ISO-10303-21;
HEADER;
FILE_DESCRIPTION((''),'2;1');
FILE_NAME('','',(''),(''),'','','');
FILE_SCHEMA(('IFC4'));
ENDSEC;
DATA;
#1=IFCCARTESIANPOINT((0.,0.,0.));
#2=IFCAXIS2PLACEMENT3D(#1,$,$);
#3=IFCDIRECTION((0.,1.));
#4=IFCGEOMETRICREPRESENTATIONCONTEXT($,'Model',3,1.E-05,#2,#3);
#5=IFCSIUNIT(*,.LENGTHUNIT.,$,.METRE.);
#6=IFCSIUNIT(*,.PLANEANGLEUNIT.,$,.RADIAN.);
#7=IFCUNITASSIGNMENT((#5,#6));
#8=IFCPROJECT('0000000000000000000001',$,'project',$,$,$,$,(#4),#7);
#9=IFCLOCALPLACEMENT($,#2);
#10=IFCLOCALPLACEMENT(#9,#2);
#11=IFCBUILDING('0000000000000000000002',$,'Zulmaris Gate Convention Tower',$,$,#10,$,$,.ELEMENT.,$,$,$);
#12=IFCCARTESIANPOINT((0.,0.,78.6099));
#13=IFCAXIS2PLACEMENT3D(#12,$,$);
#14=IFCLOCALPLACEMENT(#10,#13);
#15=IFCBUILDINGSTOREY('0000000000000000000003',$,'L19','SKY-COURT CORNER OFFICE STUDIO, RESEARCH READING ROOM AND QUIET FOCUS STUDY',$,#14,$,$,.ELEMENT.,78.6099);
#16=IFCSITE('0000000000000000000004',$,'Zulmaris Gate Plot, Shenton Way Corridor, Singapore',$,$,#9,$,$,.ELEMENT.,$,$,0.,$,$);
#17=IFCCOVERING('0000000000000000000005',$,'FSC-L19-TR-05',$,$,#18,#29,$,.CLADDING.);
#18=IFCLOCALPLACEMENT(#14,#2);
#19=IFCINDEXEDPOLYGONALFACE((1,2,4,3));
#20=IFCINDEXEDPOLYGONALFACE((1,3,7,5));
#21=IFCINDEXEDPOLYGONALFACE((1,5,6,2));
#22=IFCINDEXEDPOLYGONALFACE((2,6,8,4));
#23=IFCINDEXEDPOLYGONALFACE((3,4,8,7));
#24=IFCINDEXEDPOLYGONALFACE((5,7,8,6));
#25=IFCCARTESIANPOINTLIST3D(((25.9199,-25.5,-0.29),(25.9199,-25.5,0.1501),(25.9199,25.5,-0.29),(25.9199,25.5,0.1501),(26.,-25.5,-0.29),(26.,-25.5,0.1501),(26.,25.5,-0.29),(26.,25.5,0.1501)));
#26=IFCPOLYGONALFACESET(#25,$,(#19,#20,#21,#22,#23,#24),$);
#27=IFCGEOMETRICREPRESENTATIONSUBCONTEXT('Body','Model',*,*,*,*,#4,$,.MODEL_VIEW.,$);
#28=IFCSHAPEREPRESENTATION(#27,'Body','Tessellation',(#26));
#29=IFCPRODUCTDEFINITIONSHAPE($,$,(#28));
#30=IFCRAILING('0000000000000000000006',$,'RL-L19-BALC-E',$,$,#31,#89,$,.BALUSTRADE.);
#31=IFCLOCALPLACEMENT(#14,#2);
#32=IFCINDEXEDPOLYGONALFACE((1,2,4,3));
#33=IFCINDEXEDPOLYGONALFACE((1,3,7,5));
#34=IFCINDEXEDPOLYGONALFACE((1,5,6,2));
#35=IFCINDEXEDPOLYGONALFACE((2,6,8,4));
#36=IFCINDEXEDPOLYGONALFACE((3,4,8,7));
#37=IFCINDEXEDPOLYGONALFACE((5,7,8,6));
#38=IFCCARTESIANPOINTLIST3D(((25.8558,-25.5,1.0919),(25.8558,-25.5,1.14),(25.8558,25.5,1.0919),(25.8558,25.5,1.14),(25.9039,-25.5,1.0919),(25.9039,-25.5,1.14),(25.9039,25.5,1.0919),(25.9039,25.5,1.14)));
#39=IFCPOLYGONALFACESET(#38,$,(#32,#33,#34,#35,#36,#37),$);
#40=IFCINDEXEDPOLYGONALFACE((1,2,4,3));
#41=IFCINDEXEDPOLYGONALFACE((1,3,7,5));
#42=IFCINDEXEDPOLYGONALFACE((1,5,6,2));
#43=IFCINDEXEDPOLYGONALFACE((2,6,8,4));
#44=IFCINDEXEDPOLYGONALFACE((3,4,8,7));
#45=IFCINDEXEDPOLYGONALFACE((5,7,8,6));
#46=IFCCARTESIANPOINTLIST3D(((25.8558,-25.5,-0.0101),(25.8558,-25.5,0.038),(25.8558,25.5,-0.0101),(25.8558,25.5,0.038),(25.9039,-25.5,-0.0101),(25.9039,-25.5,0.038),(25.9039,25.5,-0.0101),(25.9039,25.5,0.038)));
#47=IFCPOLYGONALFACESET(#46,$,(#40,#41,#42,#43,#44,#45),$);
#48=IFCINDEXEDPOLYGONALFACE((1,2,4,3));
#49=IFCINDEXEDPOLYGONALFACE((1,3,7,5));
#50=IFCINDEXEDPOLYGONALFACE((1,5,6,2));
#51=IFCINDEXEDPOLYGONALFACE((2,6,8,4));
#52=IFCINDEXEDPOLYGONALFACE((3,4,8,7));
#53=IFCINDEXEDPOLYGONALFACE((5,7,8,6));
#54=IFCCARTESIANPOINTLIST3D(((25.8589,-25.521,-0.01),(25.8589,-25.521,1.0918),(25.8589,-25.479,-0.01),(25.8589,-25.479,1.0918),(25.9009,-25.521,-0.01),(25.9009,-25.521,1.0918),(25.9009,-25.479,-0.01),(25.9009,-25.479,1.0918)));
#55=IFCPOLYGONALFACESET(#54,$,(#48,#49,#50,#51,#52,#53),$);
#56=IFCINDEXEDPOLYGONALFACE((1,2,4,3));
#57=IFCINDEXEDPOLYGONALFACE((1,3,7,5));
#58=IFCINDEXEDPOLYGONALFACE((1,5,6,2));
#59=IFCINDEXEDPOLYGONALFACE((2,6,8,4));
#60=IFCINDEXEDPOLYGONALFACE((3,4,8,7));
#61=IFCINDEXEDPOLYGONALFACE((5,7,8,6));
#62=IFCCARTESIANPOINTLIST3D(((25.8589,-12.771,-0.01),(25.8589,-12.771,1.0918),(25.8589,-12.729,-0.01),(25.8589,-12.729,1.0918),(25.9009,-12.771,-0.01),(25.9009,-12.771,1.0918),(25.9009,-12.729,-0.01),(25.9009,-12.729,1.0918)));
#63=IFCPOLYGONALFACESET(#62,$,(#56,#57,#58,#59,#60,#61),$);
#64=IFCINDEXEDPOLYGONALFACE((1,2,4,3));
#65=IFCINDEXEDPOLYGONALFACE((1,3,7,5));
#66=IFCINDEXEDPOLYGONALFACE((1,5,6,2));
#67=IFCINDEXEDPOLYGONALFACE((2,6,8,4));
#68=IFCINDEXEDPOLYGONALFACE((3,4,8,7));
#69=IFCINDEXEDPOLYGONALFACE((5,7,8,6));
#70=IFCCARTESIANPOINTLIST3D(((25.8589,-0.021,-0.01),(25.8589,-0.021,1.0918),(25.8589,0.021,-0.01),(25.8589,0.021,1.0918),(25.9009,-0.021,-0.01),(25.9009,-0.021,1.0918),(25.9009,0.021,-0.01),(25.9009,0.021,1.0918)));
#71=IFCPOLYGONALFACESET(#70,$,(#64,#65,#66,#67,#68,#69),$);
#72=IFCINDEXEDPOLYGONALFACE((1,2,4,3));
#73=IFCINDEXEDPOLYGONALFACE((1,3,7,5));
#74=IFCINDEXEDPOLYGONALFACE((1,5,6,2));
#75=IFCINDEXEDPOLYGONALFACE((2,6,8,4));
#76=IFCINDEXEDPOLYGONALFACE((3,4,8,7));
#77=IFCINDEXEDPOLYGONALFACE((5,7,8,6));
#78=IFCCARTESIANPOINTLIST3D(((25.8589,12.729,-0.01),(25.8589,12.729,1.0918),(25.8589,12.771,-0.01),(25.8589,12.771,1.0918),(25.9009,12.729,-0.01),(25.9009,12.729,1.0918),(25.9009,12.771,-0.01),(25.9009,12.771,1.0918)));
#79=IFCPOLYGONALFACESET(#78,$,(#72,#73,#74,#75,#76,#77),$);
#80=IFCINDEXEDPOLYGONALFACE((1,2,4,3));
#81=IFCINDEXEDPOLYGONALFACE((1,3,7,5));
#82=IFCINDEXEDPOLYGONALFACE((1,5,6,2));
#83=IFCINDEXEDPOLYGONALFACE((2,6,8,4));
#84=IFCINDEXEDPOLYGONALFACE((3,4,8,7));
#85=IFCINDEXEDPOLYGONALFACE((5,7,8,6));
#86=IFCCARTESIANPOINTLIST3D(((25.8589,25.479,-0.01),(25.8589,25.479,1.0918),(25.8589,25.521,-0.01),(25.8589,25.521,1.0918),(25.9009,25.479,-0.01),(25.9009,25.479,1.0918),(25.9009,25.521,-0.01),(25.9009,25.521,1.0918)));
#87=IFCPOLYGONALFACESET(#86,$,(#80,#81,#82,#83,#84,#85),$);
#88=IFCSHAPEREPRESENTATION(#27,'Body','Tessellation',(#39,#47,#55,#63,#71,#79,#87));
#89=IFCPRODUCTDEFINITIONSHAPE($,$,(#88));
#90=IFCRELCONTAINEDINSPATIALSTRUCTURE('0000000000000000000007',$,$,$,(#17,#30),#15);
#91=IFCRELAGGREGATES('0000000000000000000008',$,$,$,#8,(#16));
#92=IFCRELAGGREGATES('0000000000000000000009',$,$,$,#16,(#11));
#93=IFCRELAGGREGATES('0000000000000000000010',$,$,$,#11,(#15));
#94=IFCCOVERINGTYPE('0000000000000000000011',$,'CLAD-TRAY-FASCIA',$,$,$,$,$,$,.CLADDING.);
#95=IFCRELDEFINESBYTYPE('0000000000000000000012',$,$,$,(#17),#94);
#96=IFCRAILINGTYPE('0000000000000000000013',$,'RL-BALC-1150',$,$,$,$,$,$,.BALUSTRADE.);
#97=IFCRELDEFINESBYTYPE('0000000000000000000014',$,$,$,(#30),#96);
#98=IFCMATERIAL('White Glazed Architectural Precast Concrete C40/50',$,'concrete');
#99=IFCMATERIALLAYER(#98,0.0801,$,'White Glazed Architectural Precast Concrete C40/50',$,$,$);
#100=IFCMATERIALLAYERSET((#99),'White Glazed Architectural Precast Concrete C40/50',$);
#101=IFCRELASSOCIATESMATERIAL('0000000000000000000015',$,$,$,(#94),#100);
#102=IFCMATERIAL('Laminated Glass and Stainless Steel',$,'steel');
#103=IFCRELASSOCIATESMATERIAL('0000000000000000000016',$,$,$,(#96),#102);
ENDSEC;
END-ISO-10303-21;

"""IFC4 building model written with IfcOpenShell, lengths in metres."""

from ifc_helpers import new_model, si_unit, direction, frame, frame_2d, origin, origin_2d, place, context, subcontext, project, spatial, rectangle, extrude, material, layer, layer_set, type_object, element, save


model = new_model("IFC4")

# Units and contexts
model_context = context("Model", 3, precision=1e-05, world=origin(), true_north=direction((0.0, 1.0)))
body_context = subcontext(model_context, "Body", "Model", "MODEL_VIEW")
ifc_project = project(units=[si_unit("LENGTHUNIT", "METRE"), si_unit("PLANEANGLEUNIT", "RADIAN")], contexts=[model_context])

# Site, building, storey
site_placement = place(None, origin())
site = spatial("IfcSite", under=ifc_project, at=site_placement, Name="Zulmaris Gate Plot, Shenton Way Corridor, Singapore", CompositionType="ELEMENT", RefElevation=0.0)
building_placement = place(site_placement, origin())
building = spatial("IfcBuilding", under=site, at=building_placement, Name="Zulmaris Gate Convention Tower", CompositionType="ELEMENT")
storey_placement = place(building_placement, frame((0.0, 0.0, 78.6099)))
storey = spatial("IfcBuildingStorey", under=building, at=storey_placement, Name="L19", Description="SKY-COURT CORNER OFFICE STUDIO, RESEARCH READING ROOM AND QUIET FOCUS STUDY", CompositionType="ELEMENT", Elevation=78.6099)

# Covering
ifc_material_1 = material(Name="White Glazed Architectural Precast Concrete C40/50", Category="concrete")
ifc_layer_1 = layer(ifc_material_1, 0.0801, Name="White Glazed Architectural Precast Concrete C40/50")
ifc_layer_set_1 = layer_set([ifc_layer_1], Name="White Glazed Architectural Precast Concrete C40/50")
covering_type_1 = type_object("IfcCoveringType", Name="CLAD-TRAY-FASCIA", PredefinedType="CLADDING", material=ifc_layer_set_1)
covering_1_placement = place(storey_placement, frame((25.96, -25.5, -0.29), z_axis=(0.0, 0.0, 1.0), x_axis=(0.0, 1.0, 0.0)))
element("IfcCovering", 1, at=covering_1_placement, inside=storey, type_object=covering_type_1, Name="FSC-L19-TR-05", PredefinedType="CLADDING", context=body_context, shape_type="SweptSolid", body=[
    extrude(rectangle(XDim=51.0, YDim=0.0801, at=frame_2d((25.5, 0.0))), origin(), (0.0, 0.0, 1.0), 0.4402),
])

# Railing
ifc_material_2 = material(Name="Laminated Glass and Stainless Steel", Category="steel")
railing_type = type_object("IfcRailingType", Name="RL-BALC-1150", PredefinedType="BALUSTRADE", material=ifc_material_2)
railing_placement = place(storey_placement, frame((25.8799, -25.5, -0.01)))
element("IfcRailing", 2, at=railing_placement, inside=storey, type_object=railing_type, Name="RL-L19-BALC-E", PredefinedType="BALUSTRADE", context=body_context, shape_type="SweptSolid", body=[
    extrude(rectangle(XDim=0.0481, YDim=0.0481, at=origin_2d()), frame((0.0, 0.0, 1.126), z_axis=(0.0, 1.0, 0.0), x_axis=(-1.0, 0.0, 0.0)), (0.0, 0.0, 1.0), 51.0),
    extrude(rectangle(XDim=0.0481, YDim=0.0481, at=origin_2d()), frame((0.0, 0.0, 0.0239), z_axis=(0.0, 1.0, 0.0), x_axis=(-1.0, 0.0, 0.0)), (0.0, 0.0, 1.0), 51.0),
    extrude(rectangle(XDim=0.042, YDim=0.042, at=origin_2d()), origin(), (0.0, 0.0, 1.0), 1.1018),
    extrude(rectangle(XDim=0.042, YDim=0.042, at=origin_2d()), frame((0.0, 12.75, 0.0)), (0.0, 0.0, 1.0), 1.1018),
    extrude(rectangle(XDim=0.042, YDim=0.042, at=origin_2d()), frame((0.0, 25.5, 0.0)), (0.0, 0.0, 1.0), 1.1018),
    extrude(rectangle(XDim=0.042, YDim=0.042, at=origin_2d()), frame((0.0, 38.25, 0.0)), (0.0, 0.0, 1.0), 1.1018),
    extrude(rectangle(XDim=0.042, YDim=0.042, at=origin_2d()), frame((0.0, 51.0, 0.0)), (0.0, 0.0, 1.0), 1.1018),
])

save(model, "model.ifc")
